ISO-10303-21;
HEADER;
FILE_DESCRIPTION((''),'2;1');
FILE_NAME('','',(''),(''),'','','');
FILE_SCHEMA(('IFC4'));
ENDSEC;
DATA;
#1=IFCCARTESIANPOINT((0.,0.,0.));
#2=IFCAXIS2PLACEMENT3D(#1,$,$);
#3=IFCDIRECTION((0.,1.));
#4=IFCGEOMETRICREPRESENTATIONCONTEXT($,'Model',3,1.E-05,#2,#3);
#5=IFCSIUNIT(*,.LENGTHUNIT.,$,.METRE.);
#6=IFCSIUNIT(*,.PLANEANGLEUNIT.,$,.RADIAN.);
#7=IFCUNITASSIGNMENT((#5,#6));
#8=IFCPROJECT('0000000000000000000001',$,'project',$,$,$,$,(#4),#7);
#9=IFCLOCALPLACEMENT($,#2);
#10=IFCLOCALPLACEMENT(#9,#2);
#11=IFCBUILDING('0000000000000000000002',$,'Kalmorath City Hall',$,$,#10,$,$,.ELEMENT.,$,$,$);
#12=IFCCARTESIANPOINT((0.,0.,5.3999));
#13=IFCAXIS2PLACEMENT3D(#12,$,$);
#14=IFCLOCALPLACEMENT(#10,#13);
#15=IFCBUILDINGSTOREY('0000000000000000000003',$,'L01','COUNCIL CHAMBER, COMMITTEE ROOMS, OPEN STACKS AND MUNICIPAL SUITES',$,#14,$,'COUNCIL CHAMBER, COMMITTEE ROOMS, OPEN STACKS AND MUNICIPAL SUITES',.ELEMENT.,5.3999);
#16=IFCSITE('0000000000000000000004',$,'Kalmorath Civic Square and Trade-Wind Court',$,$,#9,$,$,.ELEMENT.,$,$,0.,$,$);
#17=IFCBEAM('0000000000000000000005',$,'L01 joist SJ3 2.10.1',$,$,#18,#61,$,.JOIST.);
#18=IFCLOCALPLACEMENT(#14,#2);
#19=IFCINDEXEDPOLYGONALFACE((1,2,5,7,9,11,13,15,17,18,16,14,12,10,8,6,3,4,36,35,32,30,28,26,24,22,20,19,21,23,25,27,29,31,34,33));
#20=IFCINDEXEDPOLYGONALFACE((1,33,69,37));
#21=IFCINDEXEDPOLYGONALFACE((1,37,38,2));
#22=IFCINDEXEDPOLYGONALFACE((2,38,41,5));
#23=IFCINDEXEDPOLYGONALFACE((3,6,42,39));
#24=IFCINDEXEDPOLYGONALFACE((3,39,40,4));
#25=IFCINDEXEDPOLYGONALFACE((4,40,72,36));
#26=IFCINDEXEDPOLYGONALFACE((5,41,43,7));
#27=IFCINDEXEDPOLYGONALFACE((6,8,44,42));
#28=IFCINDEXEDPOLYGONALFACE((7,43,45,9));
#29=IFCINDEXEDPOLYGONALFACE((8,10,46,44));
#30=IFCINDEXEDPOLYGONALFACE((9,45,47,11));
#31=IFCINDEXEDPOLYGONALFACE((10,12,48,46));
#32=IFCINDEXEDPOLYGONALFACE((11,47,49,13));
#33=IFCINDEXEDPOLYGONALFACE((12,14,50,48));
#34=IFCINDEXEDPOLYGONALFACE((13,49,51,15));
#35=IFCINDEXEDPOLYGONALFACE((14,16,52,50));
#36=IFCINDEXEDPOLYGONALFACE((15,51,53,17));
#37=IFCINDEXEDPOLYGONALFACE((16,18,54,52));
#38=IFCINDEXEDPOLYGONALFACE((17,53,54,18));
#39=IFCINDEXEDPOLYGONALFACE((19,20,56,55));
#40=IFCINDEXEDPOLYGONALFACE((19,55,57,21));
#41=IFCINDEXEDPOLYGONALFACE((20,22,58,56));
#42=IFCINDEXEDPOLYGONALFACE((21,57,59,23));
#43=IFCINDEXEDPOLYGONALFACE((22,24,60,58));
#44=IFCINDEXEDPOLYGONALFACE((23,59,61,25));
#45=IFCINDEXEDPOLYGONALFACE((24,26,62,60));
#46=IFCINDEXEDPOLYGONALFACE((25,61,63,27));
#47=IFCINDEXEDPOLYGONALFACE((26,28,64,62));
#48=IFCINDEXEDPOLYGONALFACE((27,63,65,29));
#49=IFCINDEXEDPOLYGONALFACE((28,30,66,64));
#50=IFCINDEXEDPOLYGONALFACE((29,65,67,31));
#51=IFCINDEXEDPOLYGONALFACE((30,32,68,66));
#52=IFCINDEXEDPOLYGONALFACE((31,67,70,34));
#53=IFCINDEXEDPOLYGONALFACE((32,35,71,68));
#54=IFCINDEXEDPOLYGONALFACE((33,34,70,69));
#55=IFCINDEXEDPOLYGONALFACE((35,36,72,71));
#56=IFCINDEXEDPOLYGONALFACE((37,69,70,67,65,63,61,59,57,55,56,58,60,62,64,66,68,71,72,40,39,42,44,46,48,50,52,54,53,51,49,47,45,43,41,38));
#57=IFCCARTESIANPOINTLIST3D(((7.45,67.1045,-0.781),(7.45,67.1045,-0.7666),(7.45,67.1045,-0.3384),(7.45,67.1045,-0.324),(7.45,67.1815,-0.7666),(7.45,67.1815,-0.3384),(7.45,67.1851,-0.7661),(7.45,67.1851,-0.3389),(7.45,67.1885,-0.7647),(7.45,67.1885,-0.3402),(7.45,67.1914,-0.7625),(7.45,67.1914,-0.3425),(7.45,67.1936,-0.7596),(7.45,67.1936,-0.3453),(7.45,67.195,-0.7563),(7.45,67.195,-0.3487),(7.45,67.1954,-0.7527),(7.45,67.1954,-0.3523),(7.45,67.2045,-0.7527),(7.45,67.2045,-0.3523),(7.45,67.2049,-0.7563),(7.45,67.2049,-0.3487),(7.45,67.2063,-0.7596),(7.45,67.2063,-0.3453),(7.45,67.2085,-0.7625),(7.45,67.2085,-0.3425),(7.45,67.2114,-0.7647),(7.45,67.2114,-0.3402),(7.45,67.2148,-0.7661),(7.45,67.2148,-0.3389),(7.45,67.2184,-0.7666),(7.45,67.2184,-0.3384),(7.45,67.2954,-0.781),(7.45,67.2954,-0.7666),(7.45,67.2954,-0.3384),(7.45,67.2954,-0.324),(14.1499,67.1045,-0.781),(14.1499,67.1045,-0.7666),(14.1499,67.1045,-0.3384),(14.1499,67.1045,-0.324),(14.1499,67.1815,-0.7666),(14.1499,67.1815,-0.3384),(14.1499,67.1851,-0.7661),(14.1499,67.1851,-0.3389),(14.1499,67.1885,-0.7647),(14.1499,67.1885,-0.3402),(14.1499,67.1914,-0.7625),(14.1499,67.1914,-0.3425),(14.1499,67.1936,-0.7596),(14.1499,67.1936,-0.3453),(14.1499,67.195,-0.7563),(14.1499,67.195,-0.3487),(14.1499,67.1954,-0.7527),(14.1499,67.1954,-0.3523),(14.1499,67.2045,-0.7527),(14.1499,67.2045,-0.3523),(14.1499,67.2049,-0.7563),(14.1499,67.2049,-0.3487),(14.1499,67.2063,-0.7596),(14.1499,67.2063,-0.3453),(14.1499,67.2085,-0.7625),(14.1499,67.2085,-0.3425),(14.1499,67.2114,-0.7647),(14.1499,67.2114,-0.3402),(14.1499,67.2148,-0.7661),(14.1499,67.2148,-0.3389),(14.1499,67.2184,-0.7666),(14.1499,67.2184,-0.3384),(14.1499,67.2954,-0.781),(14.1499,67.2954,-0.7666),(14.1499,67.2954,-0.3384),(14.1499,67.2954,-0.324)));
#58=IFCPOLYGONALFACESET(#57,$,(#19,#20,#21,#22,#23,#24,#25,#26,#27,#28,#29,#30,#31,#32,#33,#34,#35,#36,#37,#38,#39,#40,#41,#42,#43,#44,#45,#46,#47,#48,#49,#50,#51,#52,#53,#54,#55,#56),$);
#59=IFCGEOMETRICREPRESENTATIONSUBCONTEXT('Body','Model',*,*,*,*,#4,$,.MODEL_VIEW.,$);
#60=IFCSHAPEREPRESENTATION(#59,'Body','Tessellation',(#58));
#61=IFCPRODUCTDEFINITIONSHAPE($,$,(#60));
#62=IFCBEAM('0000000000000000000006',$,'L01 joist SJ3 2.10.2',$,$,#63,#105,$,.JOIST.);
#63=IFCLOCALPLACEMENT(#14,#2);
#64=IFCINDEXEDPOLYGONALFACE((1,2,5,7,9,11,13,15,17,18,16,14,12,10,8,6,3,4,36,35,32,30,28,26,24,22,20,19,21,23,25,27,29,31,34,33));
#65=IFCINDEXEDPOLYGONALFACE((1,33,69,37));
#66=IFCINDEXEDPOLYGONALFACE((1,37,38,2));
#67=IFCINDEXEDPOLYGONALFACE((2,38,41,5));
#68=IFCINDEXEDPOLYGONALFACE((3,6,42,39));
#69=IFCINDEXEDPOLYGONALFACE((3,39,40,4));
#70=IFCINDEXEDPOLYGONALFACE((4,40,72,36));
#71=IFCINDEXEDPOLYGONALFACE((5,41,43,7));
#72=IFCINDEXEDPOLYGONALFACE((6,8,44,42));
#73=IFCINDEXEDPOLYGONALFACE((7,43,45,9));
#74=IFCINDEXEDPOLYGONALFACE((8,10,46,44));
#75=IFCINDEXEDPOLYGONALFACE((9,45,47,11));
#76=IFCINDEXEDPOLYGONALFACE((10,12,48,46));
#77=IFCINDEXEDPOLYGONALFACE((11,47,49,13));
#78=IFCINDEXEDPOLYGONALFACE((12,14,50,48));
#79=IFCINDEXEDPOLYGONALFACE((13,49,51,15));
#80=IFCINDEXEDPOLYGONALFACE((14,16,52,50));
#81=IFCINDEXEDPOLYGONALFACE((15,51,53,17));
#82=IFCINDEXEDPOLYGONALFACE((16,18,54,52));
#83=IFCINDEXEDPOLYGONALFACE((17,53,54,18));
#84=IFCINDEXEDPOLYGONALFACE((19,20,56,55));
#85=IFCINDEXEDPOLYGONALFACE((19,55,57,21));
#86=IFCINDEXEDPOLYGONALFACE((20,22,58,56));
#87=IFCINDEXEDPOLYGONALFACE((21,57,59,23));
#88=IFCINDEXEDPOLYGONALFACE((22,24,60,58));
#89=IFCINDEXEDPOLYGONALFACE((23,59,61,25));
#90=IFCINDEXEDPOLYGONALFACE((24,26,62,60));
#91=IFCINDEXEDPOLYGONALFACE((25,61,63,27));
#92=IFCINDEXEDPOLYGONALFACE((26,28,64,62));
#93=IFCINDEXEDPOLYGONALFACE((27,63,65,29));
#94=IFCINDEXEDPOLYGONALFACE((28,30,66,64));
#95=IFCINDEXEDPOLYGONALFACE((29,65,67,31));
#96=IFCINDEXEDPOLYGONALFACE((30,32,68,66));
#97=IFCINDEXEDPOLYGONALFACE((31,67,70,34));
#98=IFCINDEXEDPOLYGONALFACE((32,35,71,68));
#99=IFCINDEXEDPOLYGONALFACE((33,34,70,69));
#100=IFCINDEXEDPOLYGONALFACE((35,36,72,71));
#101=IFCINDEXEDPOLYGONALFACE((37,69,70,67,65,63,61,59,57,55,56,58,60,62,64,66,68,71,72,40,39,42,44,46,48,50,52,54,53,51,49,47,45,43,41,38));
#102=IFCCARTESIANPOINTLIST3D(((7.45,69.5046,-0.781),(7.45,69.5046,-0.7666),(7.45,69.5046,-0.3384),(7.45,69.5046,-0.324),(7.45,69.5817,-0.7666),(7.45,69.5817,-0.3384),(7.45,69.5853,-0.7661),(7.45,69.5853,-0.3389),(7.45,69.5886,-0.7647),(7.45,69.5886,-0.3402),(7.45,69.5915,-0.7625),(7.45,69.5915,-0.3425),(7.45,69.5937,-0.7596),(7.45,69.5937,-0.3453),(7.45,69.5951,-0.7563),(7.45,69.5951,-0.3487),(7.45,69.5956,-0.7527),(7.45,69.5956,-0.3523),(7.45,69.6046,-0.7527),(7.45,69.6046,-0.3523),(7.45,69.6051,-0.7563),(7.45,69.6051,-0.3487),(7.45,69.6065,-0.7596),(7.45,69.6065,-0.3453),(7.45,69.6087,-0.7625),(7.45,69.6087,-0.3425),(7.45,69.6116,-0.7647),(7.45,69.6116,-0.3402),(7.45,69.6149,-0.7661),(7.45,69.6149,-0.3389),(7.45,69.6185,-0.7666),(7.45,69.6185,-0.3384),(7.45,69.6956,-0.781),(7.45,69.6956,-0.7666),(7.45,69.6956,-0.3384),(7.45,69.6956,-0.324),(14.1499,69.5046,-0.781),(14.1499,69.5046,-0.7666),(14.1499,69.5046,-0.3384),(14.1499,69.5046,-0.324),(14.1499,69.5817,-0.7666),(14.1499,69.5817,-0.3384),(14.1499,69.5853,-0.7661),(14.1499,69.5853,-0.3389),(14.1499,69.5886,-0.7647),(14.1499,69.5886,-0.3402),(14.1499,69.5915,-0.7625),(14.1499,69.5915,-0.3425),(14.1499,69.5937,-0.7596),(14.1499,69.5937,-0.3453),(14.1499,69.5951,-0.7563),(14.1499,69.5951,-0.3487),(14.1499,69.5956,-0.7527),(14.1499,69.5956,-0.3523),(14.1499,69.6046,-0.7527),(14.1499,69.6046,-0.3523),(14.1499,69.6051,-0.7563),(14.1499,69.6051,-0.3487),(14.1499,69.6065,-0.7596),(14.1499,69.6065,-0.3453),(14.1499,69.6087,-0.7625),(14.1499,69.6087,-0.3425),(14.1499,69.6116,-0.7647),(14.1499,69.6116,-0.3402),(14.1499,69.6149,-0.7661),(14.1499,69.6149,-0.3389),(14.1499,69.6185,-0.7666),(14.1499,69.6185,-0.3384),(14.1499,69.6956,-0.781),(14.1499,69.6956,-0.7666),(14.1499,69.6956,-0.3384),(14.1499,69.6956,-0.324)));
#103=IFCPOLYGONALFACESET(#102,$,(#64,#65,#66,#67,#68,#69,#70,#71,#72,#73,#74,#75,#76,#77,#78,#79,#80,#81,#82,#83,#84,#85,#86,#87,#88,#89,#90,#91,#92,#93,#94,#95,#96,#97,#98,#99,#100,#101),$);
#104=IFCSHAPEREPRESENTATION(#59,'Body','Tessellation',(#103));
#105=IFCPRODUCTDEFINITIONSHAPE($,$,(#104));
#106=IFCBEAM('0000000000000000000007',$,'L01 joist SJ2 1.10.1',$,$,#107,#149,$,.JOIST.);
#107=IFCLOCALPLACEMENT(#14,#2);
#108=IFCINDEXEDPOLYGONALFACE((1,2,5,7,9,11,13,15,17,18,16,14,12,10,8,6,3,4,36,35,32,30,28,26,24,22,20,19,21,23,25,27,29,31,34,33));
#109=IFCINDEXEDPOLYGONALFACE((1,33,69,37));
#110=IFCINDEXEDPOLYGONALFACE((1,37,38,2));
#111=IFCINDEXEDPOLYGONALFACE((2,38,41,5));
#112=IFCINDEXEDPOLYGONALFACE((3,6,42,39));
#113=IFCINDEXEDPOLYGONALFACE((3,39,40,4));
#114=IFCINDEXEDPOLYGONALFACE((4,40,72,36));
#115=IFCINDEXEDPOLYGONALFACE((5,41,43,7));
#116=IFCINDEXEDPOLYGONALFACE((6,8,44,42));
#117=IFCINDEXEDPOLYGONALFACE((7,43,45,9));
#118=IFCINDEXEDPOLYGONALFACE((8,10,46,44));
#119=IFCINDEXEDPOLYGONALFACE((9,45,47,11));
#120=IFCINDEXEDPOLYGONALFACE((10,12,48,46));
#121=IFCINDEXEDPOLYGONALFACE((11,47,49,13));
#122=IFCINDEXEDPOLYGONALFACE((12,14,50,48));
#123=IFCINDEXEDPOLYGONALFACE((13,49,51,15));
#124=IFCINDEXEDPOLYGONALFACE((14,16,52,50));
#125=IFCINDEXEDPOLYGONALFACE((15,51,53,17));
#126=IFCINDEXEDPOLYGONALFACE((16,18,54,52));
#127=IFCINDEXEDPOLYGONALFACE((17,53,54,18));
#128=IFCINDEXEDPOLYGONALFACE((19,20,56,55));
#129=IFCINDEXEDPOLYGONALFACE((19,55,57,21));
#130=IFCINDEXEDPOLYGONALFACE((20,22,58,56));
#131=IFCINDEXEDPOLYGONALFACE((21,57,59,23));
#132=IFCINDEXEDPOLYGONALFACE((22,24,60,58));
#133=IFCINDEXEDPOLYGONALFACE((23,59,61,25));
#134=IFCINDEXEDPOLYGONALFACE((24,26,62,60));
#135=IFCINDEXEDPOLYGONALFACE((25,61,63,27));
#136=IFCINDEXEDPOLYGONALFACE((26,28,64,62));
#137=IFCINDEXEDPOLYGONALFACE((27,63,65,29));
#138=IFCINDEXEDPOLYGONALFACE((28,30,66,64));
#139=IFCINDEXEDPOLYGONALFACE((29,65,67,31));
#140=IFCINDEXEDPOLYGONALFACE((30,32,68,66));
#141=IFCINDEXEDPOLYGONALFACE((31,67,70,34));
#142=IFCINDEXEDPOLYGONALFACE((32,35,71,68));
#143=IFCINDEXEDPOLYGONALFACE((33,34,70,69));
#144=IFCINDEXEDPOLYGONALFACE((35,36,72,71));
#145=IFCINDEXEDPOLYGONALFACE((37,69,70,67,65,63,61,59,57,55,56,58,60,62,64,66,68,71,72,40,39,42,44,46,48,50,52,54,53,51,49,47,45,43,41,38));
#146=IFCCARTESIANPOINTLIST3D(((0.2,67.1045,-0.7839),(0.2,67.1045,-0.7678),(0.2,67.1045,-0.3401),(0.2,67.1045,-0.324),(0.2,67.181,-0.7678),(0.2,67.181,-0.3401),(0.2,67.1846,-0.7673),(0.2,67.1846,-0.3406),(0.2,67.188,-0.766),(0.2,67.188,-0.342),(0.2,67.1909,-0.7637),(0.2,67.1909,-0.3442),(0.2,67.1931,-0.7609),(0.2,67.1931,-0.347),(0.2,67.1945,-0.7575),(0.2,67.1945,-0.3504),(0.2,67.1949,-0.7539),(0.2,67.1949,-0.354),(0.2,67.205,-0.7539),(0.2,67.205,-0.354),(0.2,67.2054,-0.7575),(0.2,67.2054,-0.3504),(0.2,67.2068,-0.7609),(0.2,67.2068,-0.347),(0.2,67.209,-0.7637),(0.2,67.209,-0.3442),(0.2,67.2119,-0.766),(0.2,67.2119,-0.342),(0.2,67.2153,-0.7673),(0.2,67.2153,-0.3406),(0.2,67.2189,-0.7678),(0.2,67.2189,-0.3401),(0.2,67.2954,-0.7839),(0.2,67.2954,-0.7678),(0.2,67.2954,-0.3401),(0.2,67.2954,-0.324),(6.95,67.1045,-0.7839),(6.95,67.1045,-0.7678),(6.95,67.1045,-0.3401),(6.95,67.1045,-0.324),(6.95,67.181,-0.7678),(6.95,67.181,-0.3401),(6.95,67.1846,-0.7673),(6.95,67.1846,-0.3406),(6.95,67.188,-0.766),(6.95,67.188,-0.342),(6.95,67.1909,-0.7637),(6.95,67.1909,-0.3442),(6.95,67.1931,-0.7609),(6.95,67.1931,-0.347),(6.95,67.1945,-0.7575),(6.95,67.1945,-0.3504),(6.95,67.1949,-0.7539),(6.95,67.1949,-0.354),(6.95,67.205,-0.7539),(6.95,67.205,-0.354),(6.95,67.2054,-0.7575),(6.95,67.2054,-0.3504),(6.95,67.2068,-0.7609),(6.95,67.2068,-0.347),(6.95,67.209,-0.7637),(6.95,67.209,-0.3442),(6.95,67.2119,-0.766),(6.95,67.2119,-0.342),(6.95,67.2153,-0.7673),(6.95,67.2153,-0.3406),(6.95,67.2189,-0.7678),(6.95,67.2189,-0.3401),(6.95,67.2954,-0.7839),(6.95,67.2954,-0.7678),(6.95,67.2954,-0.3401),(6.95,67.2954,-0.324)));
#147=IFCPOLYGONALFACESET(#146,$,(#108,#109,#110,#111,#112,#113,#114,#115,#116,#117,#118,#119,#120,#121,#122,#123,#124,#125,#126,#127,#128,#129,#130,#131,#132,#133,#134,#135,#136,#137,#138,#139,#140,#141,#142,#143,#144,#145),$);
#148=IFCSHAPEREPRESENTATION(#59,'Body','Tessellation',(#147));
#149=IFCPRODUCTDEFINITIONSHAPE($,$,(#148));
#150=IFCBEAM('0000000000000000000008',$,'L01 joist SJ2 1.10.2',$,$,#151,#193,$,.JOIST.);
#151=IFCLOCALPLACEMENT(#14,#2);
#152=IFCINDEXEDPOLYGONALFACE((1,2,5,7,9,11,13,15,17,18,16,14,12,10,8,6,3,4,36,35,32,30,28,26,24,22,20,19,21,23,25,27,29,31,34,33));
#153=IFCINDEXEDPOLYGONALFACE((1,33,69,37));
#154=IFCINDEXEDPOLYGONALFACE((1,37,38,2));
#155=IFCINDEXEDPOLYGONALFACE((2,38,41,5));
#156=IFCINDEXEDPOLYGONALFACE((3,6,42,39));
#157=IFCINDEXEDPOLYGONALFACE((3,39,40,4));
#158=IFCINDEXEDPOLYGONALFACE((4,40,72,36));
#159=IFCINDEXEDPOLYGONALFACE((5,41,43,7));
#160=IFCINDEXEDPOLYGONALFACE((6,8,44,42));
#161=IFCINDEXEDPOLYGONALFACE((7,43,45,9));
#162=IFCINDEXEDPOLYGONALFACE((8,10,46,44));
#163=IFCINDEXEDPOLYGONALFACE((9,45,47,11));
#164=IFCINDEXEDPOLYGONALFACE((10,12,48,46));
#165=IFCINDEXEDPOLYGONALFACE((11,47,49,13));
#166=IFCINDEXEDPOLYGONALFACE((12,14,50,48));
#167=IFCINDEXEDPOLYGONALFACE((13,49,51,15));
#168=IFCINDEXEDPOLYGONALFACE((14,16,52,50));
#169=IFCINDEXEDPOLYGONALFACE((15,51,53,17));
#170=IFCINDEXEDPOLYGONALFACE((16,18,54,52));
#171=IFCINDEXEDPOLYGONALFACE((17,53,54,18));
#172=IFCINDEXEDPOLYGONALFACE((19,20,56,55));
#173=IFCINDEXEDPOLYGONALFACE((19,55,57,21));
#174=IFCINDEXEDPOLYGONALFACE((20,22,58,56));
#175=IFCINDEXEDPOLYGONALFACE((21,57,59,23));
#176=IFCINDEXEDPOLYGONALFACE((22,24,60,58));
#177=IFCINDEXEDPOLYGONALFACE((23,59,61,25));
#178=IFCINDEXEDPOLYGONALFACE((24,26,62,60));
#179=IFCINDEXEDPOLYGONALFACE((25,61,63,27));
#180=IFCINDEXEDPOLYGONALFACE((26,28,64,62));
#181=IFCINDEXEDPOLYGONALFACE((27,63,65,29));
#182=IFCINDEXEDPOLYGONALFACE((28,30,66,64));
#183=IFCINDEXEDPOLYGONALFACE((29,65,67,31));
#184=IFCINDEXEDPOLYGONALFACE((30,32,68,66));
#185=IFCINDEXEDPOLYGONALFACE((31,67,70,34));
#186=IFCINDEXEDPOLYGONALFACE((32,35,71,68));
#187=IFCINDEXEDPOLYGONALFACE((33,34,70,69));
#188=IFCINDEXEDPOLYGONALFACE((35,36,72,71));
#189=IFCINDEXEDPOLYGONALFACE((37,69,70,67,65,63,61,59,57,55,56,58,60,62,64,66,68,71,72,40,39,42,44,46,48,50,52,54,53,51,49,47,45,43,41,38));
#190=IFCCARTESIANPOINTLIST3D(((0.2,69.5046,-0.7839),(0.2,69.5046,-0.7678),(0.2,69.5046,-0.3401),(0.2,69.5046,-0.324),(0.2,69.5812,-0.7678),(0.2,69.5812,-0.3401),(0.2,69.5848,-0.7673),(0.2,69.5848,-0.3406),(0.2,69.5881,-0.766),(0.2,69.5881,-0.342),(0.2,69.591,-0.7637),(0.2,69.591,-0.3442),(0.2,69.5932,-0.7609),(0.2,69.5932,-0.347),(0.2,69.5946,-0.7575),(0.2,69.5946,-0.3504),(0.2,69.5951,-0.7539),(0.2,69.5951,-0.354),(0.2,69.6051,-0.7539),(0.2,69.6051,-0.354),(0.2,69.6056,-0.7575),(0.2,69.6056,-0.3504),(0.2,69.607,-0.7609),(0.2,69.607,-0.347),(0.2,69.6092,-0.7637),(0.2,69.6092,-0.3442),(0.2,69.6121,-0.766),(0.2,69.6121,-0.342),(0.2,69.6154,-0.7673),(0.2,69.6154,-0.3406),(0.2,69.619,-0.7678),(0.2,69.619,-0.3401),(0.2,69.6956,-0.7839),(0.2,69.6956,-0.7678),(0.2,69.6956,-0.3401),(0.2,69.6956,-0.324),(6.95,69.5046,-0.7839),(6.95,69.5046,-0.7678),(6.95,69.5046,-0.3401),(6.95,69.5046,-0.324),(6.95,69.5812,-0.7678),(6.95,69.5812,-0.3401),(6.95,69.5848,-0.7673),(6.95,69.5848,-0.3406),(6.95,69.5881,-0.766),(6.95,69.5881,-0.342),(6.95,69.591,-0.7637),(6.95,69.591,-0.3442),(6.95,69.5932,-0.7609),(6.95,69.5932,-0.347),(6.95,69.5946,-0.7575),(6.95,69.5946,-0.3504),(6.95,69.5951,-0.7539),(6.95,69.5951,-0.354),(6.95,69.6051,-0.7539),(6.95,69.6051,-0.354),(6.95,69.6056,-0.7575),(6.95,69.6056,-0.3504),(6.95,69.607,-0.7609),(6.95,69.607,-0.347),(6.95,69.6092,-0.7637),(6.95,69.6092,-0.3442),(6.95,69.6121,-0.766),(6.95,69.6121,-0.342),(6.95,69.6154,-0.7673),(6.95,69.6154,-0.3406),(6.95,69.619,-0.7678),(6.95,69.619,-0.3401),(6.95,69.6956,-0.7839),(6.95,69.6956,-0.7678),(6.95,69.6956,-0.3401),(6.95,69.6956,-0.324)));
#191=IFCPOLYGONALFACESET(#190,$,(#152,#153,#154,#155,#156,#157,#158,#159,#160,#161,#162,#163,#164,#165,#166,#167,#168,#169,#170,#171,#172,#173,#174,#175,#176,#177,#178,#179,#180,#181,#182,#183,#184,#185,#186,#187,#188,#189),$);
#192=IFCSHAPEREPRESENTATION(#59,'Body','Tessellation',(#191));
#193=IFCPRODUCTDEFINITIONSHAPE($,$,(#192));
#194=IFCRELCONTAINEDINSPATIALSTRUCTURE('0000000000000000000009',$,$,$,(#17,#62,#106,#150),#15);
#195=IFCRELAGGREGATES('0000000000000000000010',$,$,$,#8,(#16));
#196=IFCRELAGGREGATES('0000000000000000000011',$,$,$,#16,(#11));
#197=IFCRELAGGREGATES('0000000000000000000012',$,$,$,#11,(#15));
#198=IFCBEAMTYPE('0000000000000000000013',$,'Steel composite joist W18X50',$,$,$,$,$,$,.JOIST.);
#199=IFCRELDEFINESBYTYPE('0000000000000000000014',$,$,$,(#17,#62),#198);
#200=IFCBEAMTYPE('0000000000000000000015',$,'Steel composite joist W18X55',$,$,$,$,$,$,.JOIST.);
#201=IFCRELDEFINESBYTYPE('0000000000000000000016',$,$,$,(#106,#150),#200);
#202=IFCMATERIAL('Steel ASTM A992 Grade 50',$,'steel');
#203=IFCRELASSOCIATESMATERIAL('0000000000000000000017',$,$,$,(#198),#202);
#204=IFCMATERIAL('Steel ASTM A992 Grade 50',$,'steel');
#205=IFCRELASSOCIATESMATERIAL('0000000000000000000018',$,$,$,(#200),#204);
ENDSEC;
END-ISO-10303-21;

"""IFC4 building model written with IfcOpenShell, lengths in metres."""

from ifc_helpers import new_model, si_unit, direction, frame, origin, origin_2d, place, context, subcontext, project, spatial, i_section, extrude, material, material_profile, profile_set, type_object, element, save


model = new_model("IFC4")

# Units and contexts
model_context = context("Model", 3, precision=1e-05, world=origin(), true_north=direction((0.0, 1.0)))
body_context = subcontext(model_context, "Body", "Model", "MODEL_VIEW")
ifc_project = project(units=[si_unit("LENGTHUNIT", "METRE"), si_unit("PLANEANGLEUNIT", "RADIAN")], contexts=[model_context])

# Site, building, storey
site_placement = place(None, origin())
site = spatial("IfcSite", under=ifc_project, at=site_placement, Name="Kalmorath Civic Square and Trade-Wind Court", CompositionType="ELEMENT", RefElevation=0.0)
building_placement = place(site_placement, origin())
building = spatial("IfcBuilding", under=site, at=building_placement, Name="Kalmorath City Hall", CompositionType="ELEMENT")
storey_placement = place(building_placement, frame((0.0, 0.0, 5.3999)))
storey = spatial("IfcBuildingStorey", under=building, at=storey_placement, Name="L01", Description="COUNCIL CHAMBER, COMMITTEE ROOMS, OPEN STACKS AND MUNICIPAL SUITES", LongName="COUNCIL CHAMBER, COMMITTEE ROOMS, OPEN STACKS AND MUNICIPAL SUITES", CompositionType="ELEMENT", Elevation=5.3999)

# Beams
ifc_material_1 = material(Name="Steel ASTM A992 Grade 50", Category="steel")
ifc_material_profile_1 = material_profile(ifc_material_1, i_section(OverallWidth=0.1909, OverallDepth=0.457, WebThickness=0.009, FlangeThickness=0.0144, FilletRadius=0.0139, at=origin_2d()), Name="W18X50")
ifc_profile_set_1 = profile_set([ifc_material_profile_1], Name="Steel ASTM A992 Grade 50")
beam_type_1 = type_object("IfcBeamType", Name="Steel composite joist W18X50", PredefinedType="JOIST", material=ifc_profile_set_1)
for number, where, z_axis, x_axis, name in (
    (1, (7.45, 67.2, -0.5525), (1.0, 0.0, 0.0), (0.0, 1.0, 0.0), "L01 joist SJ3 2.10.1"),
    (2, (7.45, 69.6001, -0.5525), (1.0, 0.0, 0.0), (0.0, 1.0, 0.0), "L01 joist SJ3 2.10.2"),
):
    element("IfcBeam", number, at=place(storey_placement, frame(where, z_axis=z_axis, x_axis=x_axis)), inside=storey, type_object=beam_type_1, Name=name, PredefinedType="JOIST", context=body_context, shape_type="SweptSolid", body=[
        extrude(i_section(OverallWidth=0.1909, OverallDepth=0.457, WebThickness=0.009, FlangeThickness=0.0144, FilletRadius=0.0139, at=origin_2d()), origin(), (0.0, 0.0, 1.0), 6.7),
    ])
ifc_material_2 = material(Name="Steel ASTM A992 Grade 50", Category="steel")
ifc_material_profile_2 = material_profile(ifc_material_2, i_section(OverallWidth=0.1909, OverallDepth=0.46, WebThickness=0.01, FlangeThickness=0.0161, FilletRadius=0.0139, at=origin_2d()), Name="W18X55")
ifc_profile_set_2 = profile_set([ifc_material_profile_2], Name="Steel ASTM A992 Grade 50")
beam_type_2 = type_object("IfcBeamType", Name="Steel composite joist W18X55", PredefinedType="JOIST", material=ifc_profile_set_2)
for number, where, z_axis, x_axis, name in (
    (3, (0.2, 67.2, -0.554), (1.0, 0.0, 0.0), (0.0, 1.0, 0.0), "L01 joist SJ2 1.10.1"),
    (4, (0.2, 69.6001, -0.554), (1.0, 0.0, 0.0), (0.0, 1.0, 0.0), "L01 joist SJ2 1.10.2"),
):
    element("IfcBeam", number, at=place(storey_placement, frame(where, z_axis=z_axis, x_axis=x_axis)), inside=storey, type_object=beam_type_2, Name=name, PredefinedType="JOIST", context=body_context, shape_type="SweptSolid", body=[
        extrude(i_section(OverallWidth=0.1909, OverallDepth=0.46, WebThickness=0.01, FlangeThickness=0.0161, FilletRadius=0.0139, at=origin_2d()), origin(), (0.0, 0.0, 1.0), 6.75),
    ])

save(model, "model.ifc")
